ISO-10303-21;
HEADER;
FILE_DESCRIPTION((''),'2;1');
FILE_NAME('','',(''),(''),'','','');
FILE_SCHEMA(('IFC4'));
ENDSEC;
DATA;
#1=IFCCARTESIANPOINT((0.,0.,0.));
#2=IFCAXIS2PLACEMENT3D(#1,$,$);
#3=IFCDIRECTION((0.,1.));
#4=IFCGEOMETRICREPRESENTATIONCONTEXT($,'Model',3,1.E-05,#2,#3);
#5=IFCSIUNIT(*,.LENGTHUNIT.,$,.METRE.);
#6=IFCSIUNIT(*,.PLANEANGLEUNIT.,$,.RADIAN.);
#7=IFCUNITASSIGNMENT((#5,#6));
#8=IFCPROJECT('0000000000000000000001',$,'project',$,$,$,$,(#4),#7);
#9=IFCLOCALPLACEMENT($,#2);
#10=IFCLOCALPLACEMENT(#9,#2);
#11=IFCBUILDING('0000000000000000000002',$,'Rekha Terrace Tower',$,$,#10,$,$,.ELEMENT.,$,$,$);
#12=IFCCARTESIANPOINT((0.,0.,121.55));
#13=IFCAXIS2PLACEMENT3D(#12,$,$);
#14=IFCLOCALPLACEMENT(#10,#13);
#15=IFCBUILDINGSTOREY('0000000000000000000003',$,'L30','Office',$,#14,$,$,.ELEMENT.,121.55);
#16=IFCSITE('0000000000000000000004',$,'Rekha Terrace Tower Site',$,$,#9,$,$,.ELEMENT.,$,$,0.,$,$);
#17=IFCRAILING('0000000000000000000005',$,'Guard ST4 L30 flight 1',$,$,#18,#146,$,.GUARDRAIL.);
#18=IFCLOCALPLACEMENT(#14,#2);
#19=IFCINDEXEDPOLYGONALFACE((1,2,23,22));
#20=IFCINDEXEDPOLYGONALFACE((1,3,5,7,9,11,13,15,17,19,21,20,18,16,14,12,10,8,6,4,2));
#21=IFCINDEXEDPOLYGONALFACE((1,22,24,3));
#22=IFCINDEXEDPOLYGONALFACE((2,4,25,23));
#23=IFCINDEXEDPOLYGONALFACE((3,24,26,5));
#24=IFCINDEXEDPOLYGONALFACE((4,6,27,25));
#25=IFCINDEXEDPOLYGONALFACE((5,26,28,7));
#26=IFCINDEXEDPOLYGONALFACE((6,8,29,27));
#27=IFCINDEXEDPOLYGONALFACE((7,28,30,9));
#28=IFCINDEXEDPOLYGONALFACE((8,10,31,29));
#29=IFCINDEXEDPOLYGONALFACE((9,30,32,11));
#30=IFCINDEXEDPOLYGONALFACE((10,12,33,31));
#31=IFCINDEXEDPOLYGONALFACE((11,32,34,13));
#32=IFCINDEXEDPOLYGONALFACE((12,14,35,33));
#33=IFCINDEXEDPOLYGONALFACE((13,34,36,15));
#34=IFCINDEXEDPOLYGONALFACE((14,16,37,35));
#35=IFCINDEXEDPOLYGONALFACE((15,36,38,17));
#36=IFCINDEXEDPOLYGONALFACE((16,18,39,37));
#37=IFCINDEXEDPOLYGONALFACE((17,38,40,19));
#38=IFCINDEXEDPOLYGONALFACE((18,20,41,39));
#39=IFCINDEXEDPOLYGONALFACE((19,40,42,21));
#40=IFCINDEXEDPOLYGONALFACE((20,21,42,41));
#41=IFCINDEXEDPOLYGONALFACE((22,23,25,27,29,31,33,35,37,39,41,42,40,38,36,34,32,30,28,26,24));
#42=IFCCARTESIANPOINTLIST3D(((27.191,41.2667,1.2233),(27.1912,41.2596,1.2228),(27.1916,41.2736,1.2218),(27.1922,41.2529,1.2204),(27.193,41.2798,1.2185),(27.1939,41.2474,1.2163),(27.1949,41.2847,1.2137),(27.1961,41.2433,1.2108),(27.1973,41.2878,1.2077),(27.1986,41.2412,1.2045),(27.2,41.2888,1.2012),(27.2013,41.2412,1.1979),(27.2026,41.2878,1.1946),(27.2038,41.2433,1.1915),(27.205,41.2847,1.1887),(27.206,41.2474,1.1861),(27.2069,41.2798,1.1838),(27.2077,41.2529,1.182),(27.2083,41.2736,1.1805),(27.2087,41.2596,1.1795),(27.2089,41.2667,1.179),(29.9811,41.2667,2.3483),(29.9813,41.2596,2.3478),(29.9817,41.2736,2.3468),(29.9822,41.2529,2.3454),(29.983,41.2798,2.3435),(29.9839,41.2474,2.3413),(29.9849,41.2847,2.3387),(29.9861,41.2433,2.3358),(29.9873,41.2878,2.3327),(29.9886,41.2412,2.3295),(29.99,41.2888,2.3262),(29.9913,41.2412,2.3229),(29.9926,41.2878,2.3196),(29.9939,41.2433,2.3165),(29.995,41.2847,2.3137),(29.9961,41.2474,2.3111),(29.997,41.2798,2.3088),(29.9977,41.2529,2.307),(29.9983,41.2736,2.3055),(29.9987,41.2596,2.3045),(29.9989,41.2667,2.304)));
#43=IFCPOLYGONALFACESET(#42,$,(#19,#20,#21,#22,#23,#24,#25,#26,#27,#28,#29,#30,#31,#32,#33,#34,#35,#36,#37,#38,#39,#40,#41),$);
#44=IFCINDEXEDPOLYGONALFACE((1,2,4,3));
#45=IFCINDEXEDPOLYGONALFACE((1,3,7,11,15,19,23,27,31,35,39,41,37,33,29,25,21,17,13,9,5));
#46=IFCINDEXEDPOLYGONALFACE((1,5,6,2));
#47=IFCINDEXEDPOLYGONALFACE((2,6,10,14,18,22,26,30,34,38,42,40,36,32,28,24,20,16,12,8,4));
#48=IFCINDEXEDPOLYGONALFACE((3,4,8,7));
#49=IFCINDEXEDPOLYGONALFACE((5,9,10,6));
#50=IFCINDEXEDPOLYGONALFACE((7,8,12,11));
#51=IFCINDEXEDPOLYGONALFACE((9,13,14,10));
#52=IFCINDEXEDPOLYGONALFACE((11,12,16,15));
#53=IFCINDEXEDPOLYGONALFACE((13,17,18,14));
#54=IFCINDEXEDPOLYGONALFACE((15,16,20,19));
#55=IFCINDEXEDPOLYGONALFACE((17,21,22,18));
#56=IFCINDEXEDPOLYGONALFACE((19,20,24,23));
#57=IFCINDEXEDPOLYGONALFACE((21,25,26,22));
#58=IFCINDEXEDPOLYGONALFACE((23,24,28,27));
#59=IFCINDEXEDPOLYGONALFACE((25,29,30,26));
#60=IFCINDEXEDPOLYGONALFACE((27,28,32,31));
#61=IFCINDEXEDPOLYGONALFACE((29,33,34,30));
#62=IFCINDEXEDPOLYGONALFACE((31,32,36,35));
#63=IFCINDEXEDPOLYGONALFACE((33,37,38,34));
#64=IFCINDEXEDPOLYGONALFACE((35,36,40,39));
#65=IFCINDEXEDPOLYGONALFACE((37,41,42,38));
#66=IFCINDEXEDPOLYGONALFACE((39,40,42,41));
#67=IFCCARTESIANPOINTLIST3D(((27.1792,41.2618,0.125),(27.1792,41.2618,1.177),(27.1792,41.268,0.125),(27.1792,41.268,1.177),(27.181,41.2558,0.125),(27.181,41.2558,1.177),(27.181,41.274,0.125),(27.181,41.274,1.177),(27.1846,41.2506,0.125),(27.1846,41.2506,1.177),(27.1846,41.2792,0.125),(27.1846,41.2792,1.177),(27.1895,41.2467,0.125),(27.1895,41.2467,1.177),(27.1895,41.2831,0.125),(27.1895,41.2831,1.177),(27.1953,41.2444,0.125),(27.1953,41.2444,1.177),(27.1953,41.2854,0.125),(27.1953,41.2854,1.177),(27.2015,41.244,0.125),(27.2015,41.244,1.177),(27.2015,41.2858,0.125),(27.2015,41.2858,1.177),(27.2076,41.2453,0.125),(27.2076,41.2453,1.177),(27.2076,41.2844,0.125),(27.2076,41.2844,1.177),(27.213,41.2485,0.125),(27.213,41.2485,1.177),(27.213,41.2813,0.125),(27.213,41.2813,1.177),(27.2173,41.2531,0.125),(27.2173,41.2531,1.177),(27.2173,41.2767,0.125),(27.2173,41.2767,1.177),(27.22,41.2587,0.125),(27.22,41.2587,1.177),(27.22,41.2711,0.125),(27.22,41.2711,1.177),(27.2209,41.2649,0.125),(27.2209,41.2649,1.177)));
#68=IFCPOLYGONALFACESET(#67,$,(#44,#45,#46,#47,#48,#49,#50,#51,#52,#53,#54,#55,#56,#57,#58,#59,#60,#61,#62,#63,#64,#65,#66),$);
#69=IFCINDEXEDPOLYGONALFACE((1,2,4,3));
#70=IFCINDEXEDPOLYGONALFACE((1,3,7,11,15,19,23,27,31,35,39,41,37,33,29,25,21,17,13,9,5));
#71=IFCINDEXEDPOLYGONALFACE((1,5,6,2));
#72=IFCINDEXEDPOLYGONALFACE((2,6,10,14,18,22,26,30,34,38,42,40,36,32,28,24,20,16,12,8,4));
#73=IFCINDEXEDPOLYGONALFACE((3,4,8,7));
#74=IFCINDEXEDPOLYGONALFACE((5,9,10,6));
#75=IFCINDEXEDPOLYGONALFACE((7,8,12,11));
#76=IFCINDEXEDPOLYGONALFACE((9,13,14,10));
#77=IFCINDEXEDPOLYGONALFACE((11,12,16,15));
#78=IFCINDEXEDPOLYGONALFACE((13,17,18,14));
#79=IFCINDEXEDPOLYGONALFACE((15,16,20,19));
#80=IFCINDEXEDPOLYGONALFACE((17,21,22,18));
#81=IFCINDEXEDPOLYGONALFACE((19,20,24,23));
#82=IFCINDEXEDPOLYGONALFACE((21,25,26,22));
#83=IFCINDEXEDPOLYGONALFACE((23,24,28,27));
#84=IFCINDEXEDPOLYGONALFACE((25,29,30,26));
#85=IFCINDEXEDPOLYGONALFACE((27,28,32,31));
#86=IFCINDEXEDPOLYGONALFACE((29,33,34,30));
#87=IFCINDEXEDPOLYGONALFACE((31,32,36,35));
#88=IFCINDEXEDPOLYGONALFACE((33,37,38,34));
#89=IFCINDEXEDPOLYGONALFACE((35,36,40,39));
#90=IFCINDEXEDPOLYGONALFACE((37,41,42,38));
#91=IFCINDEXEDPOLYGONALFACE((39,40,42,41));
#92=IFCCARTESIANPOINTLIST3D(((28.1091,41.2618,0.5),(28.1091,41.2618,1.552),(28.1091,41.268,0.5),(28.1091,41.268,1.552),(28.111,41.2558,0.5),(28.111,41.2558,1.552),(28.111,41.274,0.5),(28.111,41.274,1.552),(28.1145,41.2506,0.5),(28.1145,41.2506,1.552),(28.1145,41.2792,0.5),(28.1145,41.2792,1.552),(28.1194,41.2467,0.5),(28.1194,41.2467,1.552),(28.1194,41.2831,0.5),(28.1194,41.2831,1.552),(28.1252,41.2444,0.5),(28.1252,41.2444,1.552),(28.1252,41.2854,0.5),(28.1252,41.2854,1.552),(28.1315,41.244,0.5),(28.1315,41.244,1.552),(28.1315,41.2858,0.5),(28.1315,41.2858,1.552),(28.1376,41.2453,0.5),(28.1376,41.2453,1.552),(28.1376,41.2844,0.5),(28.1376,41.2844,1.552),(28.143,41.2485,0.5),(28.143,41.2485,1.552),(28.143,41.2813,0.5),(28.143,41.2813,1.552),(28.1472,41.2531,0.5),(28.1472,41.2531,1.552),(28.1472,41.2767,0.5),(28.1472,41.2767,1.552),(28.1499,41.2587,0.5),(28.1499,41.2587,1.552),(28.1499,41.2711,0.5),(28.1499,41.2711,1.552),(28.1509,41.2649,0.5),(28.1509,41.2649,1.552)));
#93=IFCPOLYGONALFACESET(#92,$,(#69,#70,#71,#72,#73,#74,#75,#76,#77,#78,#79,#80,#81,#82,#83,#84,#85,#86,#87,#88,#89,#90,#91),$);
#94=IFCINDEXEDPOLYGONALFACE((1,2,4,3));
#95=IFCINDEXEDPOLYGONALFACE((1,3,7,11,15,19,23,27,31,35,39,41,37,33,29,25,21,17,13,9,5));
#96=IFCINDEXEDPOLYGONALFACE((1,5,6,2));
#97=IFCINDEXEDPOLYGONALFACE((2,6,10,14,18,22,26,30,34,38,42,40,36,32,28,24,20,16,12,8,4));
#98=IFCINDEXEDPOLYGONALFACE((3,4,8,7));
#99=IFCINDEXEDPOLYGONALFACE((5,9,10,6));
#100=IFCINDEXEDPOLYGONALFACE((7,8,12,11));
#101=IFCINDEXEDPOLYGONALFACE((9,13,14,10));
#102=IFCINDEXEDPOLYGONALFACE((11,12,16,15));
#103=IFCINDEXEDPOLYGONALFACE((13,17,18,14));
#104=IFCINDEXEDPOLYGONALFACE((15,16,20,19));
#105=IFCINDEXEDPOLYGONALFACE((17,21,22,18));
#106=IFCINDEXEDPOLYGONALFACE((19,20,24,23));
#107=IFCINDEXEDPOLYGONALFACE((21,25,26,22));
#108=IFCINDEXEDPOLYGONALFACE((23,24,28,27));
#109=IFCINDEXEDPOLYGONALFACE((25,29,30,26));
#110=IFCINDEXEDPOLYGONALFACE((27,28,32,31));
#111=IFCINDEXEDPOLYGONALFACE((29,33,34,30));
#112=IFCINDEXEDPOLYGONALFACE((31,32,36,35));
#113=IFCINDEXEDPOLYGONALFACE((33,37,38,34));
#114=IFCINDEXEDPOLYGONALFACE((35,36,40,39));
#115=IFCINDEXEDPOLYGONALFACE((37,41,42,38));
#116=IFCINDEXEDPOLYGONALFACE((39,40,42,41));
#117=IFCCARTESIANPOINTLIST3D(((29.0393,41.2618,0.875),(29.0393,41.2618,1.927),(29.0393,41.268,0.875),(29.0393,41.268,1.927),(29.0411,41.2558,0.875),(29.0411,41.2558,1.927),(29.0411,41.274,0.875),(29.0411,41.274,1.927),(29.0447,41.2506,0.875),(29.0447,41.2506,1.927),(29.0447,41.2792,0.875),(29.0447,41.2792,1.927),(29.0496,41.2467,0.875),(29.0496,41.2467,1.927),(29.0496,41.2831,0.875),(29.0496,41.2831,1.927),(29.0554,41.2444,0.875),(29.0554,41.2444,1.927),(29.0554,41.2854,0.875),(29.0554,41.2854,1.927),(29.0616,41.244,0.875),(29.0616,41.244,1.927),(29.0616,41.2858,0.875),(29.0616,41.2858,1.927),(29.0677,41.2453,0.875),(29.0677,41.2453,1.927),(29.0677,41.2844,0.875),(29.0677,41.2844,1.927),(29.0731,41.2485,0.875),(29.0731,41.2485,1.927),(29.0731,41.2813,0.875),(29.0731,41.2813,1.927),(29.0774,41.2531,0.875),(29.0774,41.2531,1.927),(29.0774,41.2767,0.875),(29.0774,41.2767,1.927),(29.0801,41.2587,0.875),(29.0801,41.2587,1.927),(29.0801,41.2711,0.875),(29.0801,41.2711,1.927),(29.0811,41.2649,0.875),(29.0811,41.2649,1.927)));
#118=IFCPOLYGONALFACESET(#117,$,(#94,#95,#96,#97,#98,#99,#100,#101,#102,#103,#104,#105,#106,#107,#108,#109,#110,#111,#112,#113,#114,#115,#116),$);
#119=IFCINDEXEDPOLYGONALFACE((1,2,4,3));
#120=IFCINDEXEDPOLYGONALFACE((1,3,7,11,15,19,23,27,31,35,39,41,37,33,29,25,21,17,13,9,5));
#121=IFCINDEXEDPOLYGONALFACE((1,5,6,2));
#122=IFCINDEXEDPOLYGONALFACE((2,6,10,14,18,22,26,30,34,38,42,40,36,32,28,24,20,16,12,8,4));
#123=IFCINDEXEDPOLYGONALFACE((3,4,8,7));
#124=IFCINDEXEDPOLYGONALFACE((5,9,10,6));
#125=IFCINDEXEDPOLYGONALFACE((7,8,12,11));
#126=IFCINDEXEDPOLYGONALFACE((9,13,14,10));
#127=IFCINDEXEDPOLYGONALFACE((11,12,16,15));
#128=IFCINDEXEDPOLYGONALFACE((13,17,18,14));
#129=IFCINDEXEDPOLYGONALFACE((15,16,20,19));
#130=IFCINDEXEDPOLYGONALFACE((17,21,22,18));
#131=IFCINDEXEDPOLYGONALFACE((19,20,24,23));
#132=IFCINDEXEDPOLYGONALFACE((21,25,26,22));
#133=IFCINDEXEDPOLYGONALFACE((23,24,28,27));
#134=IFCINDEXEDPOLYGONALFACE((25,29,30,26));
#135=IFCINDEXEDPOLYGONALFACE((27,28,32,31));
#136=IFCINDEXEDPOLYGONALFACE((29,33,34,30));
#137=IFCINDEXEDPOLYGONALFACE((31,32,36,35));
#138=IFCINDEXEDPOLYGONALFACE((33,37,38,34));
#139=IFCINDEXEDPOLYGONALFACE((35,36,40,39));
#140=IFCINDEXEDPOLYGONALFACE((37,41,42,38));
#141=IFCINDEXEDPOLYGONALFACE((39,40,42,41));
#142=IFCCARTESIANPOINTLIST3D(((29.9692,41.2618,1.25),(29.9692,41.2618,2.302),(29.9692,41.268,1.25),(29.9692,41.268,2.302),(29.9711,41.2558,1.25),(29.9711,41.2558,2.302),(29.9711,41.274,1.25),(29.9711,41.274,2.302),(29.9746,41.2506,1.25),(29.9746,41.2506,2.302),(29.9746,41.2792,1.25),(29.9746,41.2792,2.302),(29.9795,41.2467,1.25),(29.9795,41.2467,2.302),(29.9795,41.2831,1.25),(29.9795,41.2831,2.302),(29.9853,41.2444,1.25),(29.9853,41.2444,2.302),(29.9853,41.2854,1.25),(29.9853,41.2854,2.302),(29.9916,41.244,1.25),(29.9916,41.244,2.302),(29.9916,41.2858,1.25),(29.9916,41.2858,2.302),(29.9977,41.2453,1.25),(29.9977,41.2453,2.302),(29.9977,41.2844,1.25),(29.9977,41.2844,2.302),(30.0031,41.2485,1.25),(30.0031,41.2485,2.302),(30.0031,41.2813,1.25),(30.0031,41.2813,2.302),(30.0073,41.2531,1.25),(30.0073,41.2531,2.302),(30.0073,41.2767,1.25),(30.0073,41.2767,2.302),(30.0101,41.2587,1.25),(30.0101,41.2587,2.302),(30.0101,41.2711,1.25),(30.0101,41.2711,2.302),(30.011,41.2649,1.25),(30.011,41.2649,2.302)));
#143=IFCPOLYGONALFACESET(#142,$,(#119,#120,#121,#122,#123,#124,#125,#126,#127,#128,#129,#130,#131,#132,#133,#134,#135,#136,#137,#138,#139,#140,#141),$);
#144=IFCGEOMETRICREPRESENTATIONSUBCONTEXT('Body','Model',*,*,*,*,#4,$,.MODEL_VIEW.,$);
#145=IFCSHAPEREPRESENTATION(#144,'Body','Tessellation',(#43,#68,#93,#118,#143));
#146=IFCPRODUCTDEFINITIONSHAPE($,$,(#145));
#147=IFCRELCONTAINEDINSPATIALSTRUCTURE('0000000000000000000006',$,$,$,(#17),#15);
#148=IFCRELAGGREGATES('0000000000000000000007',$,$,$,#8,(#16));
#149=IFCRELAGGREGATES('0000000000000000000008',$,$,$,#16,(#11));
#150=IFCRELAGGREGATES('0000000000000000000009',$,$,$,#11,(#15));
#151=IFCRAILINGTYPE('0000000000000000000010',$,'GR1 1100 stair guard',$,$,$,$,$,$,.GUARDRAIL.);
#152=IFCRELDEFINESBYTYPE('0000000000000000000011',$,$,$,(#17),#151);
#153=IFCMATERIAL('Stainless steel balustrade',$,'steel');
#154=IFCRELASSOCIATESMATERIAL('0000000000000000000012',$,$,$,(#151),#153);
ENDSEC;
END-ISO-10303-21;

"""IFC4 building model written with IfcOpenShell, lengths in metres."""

from ifc_helpers import new_model, si_unit, direction, frame, origin, origin_2d, place, context, subcontext, project, spatial, circle, extrude, material, type_object, element, save


model = new_model("IFC4")

# Units and contexts
model_context = context("Model", 3, precision=1e-05, world=origin(), true_north=direction((0.0, 1.0)))
body_context = subcontext(model_context, "Body", "Model", "MODEL_VIEW")
ifc_project = project(units=[si_unit("LENGTHUNIT", "METRE"), si_unit("PLANEANGLEUNIT", "RADIAN")], contexts=[model_context])

# Site, building, storey
site_placement = place(None, origin())
site = spatial("IfcSite", under=ifc_project, at=site_placement, Name="Rekha Terrace Tower Site", CompositionType="ELEMENT", RefElevation=0.0)
building_placement = place(site_placement, origin())
building = spatial("IfcBuilding", under=site, at=building_placement, Name="Rekha Terrace Tower", CompositionType="ELEMENT")
storey_placement = place(building_placement, frame((0.0, 0.0, 121.55)))
storey = spatial("IfcBuildingStorey", under=building, at=storey_placement, Name="L30", Description="Office", CompositionType="ELEMENT", Elevation=121.55)

# Railing
ifc_material_1 = material(Name="Stainless steel balustrade", Category="steel")
railing_type_1 = type_object("IfcRailingType", Name="GR1 1100 stair guard", PredefinedType="GUARDRAIL", material=ifc_material_1)
railing_1_placement = place(storey_placement, frame((27.2, 41.2649, 0.125)))
element("IfcRailing", 1, at=railing_1_placement, inside=storey, type_object=railing_type_1, Name="Guard ST4 L30 flight 1", PredefinedType="GUARDRAIL", context=body_context, shape_type="SweptSolid", body=[
    extrude(circle(Radius=0.0239, at=origin_2d()), frame((0.0, 0.0, 1.0762), z_axis=(0.927443, 0.0, 0.373964), x_axis=(0.0, 1.0, 0.0)), (0.0, 0.0, 1.0), 3.0083),
    extrude(circle(Radius=0.021, at=origin_2d()), origin(), (0.0, 0.0, 1.0), 1.052),
    extrude(circle(Radius=0.021, at=origin_2d()), frame((0.9299, 0.0, 0.375)), (0.0, 0.0, 1.0), 1.052),
    extrude(circle(Radius=0.021, at=origin_2d()), frame((1.8601, 0.0, 0.75)), (0.0, 0.0, 1.0), 1.052),
    extrude(circle(Radius=0.021, at=origin_2d()), frame((2.79, 0.0, 1.125)), (0.0, 0.0, 1.0), 1.052),
])

save(model, "model.ifc")
